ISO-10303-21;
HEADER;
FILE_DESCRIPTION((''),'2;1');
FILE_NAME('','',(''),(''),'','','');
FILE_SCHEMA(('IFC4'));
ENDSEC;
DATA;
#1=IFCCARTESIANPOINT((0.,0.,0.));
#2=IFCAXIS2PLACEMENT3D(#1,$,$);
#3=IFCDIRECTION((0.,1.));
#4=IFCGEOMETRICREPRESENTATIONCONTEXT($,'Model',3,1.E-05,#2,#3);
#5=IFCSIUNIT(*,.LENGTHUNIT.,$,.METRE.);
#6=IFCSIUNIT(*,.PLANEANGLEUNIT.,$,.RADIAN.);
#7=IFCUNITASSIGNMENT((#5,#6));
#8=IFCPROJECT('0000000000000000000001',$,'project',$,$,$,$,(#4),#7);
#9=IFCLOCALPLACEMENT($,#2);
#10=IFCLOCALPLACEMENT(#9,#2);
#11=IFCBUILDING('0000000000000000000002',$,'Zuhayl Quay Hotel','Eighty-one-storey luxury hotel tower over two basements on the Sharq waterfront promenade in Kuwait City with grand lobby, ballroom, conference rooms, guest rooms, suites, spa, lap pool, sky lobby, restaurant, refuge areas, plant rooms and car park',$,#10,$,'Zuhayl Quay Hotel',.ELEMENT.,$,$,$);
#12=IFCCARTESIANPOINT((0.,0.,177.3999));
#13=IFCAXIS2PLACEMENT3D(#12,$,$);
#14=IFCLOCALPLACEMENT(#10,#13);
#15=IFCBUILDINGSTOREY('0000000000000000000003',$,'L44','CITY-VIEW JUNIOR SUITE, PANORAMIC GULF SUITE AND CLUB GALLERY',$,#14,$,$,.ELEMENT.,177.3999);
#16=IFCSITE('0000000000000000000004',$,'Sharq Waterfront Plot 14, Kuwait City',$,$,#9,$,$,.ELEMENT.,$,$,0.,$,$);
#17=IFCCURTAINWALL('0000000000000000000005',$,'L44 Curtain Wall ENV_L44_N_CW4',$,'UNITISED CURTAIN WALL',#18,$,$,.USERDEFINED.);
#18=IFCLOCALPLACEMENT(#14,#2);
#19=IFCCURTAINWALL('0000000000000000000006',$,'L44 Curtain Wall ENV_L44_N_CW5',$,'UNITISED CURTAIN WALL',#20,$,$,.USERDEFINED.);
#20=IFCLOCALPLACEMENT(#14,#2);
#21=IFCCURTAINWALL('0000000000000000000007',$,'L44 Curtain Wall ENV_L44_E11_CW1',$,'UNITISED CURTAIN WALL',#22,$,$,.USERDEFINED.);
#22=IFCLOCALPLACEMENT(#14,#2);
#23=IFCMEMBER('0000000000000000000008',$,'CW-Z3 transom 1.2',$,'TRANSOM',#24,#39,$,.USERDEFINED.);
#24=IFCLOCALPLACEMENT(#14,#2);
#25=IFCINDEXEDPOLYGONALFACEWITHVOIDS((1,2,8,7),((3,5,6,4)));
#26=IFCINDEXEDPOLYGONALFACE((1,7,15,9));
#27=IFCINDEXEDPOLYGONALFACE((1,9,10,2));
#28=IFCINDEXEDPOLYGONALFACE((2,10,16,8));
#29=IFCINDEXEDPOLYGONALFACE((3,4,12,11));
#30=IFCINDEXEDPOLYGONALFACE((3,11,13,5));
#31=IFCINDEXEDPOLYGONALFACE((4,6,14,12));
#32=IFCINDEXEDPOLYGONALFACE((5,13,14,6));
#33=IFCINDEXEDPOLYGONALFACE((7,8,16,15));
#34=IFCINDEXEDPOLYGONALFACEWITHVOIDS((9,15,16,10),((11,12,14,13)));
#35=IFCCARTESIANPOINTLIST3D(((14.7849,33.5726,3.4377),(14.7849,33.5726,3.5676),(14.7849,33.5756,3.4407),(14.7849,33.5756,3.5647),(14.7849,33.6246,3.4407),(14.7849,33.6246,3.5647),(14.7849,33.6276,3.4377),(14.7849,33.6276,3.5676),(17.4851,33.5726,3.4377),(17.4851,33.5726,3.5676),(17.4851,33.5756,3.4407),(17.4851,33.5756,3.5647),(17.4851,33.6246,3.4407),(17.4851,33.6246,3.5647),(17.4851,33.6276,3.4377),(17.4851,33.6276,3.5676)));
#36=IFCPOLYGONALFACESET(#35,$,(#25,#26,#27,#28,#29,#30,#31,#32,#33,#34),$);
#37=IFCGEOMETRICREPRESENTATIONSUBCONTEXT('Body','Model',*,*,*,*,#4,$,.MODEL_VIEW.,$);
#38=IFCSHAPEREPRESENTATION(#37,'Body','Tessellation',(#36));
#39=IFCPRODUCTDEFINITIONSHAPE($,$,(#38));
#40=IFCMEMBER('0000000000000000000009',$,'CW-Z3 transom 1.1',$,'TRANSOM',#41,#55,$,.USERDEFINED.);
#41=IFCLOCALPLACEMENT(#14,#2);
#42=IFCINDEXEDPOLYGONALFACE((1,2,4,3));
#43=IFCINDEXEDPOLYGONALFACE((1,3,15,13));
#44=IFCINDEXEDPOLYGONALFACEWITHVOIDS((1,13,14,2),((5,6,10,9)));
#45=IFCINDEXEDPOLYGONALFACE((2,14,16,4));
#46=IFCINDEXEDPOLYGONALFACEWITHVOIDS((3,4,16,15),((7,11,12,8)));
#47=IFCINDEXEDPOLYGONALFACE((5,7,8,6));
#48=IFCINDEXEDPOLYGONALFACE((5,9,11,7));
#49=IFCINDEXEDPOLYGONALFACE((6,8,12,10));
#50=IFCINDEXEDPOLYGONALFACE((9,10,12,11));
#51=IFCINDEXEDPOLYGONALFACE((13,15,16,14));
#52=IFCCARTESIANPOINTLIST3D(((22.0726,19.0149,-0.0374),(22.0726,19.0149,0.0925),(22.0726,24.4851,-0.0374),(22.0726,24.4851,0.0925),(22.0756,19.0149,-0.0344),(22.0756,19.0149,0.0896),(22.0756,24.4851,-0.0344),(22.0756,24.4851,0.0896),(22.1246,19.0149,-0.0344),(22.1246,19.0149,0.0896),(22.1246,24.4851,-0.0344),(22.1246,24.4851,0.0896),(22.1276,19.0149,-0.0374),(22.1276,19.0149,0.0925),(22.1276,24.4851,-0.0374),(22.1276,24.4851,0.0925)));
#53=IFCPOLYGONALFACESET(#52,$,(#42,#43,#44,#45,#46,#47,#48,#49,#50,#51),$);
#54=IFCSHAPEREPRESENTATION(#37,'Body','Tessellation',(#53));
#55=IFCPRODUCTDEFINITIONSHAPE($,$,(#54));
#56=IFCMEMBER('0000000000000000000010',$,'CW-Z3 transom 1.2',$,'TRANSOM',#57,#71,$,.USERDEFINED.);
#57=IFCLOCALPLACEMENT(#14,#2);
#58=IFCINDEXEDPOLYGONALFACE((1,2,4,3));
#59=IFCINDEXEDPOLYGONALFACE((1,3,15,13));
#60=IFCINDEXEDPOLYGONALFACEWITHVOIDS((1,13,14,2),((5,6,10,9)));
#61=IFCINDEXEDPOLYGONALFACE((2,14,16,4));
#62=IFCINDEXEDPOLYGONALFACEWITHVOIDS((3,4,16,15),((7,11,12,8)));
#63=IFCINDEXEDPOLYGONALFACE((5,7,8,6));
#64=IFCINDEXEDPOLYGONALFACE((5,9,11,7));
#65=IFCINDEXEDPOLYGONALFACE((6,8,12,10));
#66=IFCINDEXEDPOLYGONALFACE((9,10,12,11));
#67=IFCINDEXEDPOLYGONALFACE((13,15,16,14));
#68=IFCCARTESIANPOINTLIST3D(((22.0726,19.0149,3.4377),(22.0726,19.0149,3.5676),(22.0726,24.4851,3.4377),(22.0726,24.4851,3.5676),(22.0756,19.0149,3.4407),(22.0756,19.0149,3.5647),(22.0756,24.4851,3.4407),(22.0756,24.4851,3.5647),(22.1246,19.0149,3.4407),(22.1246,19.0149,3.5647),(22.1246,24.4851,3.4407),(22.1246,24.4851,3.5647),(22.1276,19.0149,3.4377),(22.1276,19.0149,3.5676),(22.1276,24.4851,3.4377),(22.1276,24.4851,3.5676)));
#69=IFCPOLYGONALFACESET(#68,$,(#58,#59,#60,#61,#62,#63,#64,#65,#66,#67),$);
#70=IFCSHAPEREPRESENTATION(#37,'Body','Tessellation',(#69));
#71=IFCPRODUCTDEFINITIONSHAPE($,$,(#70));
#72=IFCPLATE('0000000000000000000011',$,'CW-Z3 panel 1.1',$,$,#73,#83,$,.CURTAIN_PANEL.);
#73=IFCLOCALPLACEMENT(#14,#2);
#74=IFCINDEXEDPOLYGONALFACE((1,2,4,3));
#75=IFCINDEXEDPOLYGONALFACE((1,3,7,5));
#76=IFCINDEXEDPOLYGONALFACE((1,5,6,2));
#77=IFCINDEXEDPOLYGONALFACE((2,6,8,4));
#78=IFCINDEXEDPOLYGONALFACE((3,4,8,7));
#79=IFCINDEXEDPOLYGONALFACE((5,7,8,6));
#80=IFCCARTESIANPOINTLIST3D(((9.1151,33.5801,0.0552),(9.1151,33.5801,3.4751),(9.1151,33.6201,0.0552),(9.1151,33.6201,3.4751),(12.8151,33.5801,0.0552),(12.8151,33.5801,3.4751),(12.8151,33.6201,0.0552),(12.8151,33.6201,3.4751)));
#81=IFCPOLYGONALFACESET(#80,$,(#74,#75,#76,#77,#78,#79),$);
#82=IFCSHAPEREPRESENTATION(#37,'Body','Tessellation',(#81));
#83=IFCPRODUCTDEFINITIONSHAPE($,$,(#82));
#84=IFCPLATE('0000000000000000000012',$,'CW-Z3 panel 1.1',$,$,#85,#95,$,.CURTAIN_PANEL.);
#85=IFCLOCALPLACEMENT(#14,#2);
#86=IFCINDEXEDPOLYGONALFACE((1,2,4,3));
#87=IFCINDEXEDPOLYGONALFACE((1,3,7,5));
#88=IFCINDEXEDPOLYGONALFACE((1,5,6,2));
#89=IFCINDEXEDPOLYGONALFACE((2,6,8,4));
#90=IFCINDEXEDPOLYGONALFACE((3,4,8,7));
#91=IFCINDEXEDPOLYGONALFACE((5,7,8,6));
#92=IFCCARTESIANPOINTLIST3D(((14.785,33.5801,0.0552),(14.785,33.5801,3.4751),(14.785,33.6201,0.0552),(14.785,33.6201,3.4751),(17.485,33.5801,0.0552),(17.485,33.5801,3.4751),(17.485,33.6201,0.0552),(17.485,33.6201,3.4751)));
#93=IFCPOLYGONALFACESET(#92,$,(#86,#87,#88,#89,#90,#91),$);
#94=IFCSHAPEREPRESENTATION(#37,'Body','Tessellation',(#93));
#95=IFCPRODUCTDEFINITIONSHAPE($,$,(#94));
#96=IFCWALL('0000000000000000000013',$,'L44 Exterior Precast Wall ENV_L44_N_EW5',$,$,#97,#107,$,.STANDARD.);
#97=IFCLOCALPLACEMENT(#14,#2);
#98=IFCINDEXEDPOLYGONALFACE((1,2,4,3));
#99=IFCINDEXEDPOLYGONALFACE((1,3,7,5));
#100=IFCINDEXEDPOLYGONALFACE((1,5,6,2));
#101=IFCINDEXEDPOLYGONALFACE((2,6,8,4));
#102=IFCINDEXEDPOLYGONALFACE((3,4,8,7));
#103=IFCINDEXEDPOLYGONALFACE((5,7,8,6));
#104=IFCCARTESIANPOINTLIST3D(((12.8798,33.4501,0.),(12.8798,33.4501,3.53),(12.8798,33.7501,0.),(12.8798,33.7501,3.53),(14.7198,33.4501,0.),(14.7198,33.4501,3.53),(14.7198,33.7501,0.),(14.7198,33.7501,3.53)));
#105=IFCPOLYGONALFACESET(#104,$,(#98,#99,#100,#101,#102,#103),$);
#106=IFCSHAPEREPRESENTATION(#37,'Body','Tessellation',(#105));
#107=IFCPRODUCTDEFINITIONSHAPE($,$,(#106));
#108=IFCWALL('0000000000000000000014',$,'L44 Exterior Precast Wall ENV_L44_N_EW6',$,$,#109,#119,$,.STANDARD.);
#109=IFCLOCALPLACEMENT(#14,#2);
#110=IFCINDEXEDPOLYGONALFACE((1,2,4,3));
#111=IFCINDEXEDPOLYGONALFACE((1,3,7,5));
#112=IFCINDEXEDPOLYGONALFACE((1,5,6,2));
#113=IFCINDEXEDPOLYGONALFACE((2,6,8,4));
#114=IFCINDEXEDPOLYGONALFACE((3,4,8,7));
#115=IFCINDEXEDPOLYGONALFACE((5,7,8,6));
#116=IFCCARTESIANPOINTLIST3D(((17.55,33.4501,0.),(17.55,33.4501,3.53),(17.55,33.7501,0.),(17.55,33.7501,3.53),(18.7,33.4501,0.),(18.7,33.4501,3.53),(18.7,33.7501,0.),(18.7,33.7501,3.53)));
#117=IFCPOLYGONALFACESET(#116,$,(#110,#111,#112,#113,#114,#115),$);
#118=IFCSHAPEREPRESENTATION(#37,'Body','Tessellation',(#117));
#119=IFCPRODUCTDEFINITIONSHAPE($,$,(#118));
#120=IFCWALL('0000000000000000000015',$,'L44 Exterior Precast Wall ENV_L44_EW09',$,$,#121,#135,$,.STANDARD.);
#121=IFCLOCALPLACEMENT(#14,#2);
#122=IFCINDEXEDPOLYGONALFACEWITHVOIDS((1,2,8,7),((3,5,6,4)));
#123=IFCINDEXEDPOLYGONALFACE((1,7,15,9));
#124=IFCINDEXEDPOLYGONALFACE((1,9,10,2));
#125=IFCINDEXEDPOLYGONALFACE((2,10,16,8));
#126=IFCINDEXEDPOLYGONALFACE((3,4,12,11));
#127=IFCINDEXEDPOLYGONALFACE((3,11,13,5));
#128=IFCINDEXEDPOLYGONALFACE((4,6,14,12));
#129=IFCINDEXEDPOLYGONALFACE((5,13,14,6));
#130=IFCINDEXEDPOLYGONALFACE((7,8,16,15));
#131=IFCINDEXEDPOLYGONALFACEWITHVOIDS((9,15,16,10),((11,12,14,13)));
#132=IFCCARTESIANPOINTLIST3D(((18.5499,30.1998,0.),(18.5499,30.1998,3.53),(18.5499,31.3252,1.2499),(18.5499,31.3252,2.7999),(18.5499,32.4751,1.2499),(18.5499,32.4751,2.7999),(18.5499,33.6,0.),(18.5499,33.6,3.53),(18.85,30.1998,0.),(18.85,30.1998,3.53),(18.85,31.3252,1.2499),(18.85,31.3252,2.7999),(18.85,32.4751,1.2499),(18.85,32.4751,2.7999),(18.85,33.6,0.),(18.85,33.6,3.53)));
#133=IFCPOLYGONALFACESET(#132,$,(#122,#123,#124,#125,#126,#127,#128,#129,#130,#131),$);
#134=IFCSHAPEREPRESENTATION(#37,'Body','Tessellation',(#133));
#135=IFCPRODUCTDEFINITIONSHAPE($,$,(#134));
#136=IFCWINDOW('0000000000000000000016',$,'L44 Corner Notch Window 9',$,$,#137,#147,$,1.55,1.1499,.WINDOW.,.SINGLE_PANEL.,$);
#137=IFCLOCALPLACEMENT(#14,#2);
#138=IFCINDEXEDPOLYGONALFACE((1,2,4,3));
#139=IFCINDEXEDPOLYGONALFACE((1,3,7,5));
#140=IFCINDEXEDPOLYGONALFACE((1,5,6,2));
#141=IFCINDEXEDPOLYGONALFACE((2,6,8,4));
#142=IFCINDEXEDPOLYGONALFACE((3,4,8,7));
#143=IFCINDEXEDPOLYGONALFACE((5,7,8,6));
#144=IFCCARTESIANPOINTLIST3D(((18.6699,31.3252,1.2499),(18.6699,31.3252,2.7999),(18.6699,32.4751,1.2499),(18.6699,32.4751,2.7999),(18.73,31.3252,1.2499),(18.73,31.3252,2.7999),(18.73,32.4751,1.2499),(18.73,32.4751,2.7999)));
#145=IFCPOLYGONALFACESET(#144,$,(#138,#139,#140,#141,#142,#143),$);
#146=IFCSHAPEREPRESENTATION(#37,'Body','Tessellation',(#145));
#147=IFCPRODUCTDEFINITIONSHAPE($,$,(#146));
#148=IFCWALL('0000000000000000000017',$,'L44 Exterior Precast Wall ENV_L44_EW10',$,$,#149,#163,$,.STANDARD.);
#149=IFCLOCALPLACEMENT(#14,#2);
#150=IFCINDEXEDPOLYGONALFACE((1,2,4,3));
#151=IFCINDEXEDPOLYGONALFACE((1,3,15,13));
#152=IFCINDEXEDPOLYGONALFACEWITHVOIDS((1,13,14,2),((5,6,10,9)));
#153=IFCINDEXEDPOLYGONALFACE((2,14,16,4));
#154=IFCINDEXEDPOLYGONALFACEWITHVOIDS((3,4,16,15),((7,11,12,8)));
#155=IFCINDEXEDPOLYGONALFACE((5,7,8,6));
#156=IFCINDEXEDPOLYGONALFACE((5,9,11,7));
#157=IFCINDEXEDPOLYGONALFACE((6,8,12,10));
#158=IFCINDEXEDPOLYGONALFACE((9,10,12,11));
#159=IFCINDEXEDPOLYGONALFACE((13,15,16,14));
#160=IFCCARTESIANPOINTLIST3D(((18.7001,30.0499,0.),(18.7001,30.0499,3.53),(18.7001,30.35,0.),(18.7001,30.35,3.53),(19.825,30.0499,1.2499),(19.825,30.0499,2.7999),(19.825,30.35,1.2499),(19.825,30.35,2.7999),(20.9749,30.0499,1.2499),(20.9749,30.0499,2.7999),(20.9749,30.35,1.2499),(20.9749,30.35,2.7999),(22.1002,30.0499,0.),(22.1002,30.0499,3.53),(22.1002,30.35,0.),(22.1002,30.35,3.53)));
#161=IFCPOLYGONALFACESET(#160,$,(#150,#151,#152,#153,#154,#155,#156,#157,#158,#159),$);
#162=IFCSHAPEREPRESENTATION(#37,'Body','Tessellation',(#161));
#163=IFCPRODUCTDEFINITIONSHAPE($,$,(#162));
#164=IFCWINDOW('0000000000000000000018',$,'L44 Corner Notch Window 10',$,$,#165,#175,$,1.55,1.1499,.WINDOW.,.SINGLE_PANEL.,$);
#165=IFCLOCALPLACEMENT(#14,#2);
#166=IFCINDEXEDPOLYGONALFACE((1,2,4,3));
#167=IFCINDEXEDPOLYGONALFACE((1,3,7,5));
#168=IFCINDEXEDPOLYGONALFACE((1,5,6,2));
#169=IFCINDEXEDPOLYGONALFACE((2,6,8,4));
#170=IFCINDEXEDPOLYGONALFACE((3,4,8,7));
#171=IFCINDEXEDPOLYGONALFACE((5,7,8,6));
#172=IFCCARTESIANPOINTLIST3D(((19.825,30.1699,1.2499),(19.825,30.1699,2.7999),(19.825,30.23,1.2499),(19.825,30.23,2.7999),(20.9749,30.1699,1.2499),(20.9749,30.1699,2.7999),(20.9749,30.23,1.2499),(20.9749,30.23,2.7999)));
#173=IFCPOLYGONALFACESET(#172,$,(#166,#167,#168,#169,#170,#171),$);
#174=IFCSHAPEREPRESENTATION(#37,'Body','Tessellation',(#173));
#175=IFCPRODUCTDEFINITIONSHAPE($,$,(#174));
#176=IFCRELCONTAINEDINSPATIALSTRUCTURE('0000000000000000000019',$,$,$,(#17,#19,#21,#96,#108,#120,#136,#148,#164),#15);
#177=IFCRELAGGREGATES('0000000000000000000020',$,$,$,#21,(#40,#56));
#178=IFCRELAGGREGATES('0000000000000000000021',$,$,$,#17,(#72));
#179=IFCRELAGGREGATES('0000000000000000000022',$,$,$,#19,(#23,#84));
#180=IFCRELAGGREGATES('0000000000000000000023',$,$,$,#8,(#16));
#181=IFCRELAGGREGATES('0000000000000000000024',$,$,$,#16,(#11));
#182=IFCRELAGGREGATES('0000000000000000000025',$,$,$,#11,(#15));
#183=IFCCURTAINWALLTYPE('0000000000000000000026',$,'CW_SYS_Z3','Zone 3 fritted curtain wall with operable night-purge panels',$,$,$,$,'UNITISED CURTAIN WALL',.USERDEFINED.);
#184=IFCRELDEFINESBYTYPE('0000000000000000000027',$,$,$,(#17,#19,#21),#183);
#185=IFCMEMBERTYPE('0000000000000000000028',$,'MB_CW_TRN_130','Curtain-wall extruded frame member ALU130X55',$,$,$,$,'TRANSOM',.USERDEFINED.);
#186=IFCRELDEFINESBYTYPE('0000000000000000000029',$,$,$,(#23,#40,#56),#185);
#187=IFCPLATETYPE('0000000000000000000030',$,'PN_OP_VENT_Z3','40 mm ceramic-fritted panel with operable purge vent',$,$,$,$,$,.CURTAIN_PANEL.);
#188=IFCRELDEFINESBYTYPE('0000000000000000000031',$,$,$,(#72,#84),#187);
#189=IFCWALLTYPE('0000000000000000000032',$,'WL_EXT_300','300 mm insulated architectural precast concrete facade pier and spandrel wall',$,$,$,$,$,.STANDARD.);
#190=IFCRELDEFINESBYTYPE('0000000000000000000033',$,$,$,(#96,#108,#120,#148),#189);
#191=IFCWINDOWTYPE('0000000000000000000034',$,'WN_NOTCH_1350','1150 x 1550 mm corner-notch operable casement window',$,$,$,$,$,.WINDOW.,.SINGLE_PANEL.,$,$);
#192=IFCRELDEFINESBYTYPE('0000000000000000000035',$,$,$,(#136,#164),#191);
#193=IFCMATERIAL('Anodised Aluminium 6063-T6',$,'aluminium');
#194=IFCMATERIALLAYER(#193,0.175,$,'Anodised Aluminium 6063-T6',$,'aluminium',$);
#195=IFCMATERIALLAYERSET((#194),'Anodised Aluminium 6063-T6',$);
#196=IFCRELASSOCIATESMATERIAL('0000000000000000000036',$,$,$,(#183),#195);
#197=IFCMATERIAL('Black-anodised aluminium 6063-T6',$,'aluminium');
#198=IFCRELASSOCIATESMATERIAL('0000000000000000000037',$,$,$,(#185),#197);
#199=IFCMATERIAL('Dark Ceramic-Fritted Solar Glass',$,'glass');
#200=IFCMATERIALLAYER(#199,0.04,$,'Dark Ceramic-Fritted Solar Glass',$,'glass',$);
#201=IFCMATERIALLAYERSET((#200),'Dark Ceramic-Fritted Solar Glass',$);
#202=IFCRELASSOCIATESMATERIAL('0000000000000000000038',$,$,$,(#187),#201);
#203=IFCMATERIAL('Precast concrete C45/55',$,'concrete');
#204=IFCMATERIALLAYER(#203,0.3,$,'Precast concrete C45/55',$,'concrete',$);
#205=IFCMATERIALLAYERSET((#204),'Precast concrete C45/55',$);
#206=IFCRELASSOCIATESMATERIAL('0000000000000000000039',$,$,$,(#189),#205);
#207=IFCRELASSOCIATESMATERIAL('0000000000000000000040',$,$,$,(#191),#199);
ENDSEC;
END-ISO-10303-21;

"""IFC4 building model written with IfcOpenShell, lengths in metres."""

from ifc_helpers import new_model, si_unit, direction, frame, frame_2d, origin, origin_2d, place, context, subcontext, project, spatial, rectangle, hollow_rectangle, extrude, material, layer, layer_set, material_profile, profile_set, type_object, element, fill, aggregate, save


model = new_model("IFC4")

# Units and contexts
model_context = context("Model", 3, precision=1e-05, world=origin(), true_north=direction((0.0, 1.0)))
body_context = subcontext(model_context, "Body", "Model", "MODEL_VIEW")
ifc_project = project(units=[si_unit("LENGTHUNIT", "METRE"), si_unit("PLANEANGLEUNIT", "RADIAN")], contexts=[model_context])

# Site, building, storey
site_placement = place(None, origin())
site = spatial("IfcSite", under=ifc_project, at=site_placement, Name="Sharq Waterfront Plot 14, Kuwait City", CompositionType="ELEMENT", RefElevation=0.0)
building_placement = place(site_placement, origin())
building = spatial("IfcBuilding", under=site, at=building_placement, Name="Zuhayl Quay Hotel", Description="Eighty-one-storey luxury hotel tower over two basements on the Sharq waterfront promenade in Kuwait City with grand lobby, ballroom, conference rooms, guest rooms, suites, spa, lap pool, sky lobby, restaurant, refuge areas, plant rooms and car park", LongName="Zuhayl Quay Hotel", CompositionType="ELEMENT")
storey_placement = place(building_placement, frame((0.0, 0.0, 177.3999)))
storey = spatial("IfcBuildingStorey", under=building, at=storey_placement, Name="L44", Description="CITY-VIEW JUNIOR SUITE, PANORAMIC GULF SUITE AND CLUB GALLERY", CompositionType="ELEMENT", Elevation=177.3999)

# Curtain walls
ifc_material_1 = material(Name="Anodised Aluminium 6063-T6", Category="aluminium")
ifc_layer_1 = layer(ifc_material_1, 0.175, Name="Anodised Aluminium 6063-T6", Category="aluminium")
ifc_layer_set_1 = layer_set([ifc_layer_1], Name="Anodised Aluminium 6063-T6")
curtain_wall_type = type_object("IfcCurtainWallType", Name="CW_SYS_Z3", Description="Zone 3 fritted curtain wall with operable night-purge panels", ElementType="UNITISED CURTAIN WALL", PredefinedType="USERDEFINED", material=ifc_layer_set_1)
curtain_wall_1_placement = place(storey_placement, origin())
curtain_wall_1 = element("IfcCurtainWall", 1, at=curtain_wall_1_placement, inside=storey, type_object=curtain_wall_type, Name="L44 Curtain Wall ENV_L44_N_CW4", ObjectType="UNITISED CURTAIN WALL", PredefinedType="USERDEFINED")
ifc_material_2 = material(Name="Black-anodised aluminium 6063-T6", Category="aluminium")
curtain_wall_2_placement = place(storey_placement, origin())
curtain_wall_2 = element("IfcCurtainWall", 2, at=curtain_wall_2_placement, inside=storey, type_object=curtain_wall_type, Name="L44 Curtain Wall ENV_L44_N_CW5", ObjectType="UNITISED CURTAIN WALL", PredefinedType="USERDEFINED")

# Curtain wall
curtain_wall_3_placement = place(storey_placement, origin())
curtain_wall_3 = element("IfcCurtainWall", 3, at=curtain_wall_3_placement, inside=storey, type_object=curtain_wall_type, Name="L44 Curtain Wall ENV_L44_E11_CW1", ObjectType="UNITISED CURTAIN WALL", PredefinedType="USERDEFINED")

# Members
ifc_material_profile_1 = material_profile(ifc_material_2, hollow_rectangle(XDim=0.0549, YDim=0.1299, WallThickness=0.0029, at=origin_2d()), Name="ALU130X55")
ifc_profile_set_1 = profile_set([ifc_material_profile_1], Name="Black-anodised aluminium 6063-T6")
member_type_1 = type_object("IfcMemberType", Name="MB_CW_TRN_130", Description="Curtain-wall extruded frame member ALU130X55", ElementType="TRANSOM", PredefinedType="USERDEFINED", material=ifc_profile_set_1)
member_1_placement = place(storey_placement, frame((14.7849, 33.6001, 3.5027), z_axis=(1.0, 0.0, 0.0), x_axis=(0.0, 1.0, 0.0)))
member_1 = element("IfcMember", 4, at=member_1_placement, type_object=member_type_1, Name="CW-Z3 transom 1.2", ObjectType="TRANSOM", PredefinedType="USERDEFINED", context=body_context, shape_type="SweptSolid", body=[
    extrude(hollow_rectangle(XDim=0.0549, YDim=0.1299, WallThickness=0.0029, at=origin_2d()), origin(), (0.0, 0.0, 1.0), 2.7002),
])
member_2_placement = place(storey_placement, frame((22.1001, 24.4851, 0.0276), z_axis=(0.0, -1.0, 0.0), x_axis=(1.0, 0.0, 0.0)))
member_2 = element("IfcMember", 5, at=member_2_placement, type_object=member_type_1, Name="CW-Z3 transom 1.1", ObjectType="TRANSOM", PredefinedType="USERDEFINED", context=body_context, shape_type="SweptSolid", body=[
    extrude(hollow_rectangle(XDim=0.0549, YDim=0.1299, WallThickness=0.0029, at=origin_2d()), origin(), (0.0, 0.0, 1.0), 5.4702),
])
member_3_placement = place(storey_placement, frame((22.1001, 24.4851, 3.5027), z_axis=(0.0, -1.0, 0.0), x_axis=(1.0, 0.0, 0.0)))
member_3 = element("IfcMember", 6, at=member_3_placement, type_object=member_type_1, Name="CW-Z3 transom 1.2", ObjectType="TRANSOM", PredefinedType="USERDEFINED", context=body_context, shape_type="SweptSolid", body=[
    extrude(hollow_rectangle(XDim=0.0549, YDim=0.1299, WallThickness=0.0029, at=origin_2d()), origin(), (0.0, 0.0, 1.0), 5.4702),
])
aggregate(curtain_wall_3, [member_2, member_3])

# Plates
ifc_material_3 = material(Name="Dark Ceramic-Fritted Solar Glass", Category="glass")
ifc_layer_2 = layer(ifc_material_3, 0.04, Name="Dark Ceramic-Fritted Solar Glass", Category="glass")
ifc_layer_set_2 = layer_set([ifc_layer_2], Name="Dark Ceramic-Fritted Solar Glass")
plate_type = type_object("IfcPlateType", Name="PN_OP_VENT_Z3", Description="40 mm ceramic-fritted panel with operable purge vent", PredefinedType="CURTAIN_PANEL", material=ifc_layer_set_2)
plate_1_placement = place(storey_placement, frame((10.9651, 33.6001, 0.0552), z_axis=(0.0, 0.0, 1.0), x_axis=(1.0, 0.0, 0.0)))
plate_1 = element("IfcPlate", 7, at=plate_1_placement, type_object=plate_type, Name="CW-Z3 panel 1.1", PredefinedType="CURTAIN_PANEL", context=body_context, shape_type="SweptSolid", body=[
    extrude(rectangle(XDim=3.7, YDim=0.04, at=origin_2d()), origin(), (0.0, 0.0, 1.0), 3.4199),
])
aggregate(curtain_wall_1, [plate_1])
plate_2_placement = place(storey_placement, frame((16.135, 33.6001, 0.0552), z_axis=(0.0, 0.0, 1.0), x_axis=(1.0, 0.0, 0.0)))
plate_2 = element("IfcPlate", 8, at=plate_2_placement, type_object=plate_type, Name="CW-Z3 panel 1.1", PredefinedType="CURTAIN_PANEL", context=body_context, shape_type="SweptSolid", body=[
    extrude(rectangle(XDim=2.7, YDim=0.04, at=origin_2d()), origin(), (0.0, 0.0, 1.0), 3.4199),
])
aggregate(curtain_wall_2, [member_1, plate_2])

# Walls
ifc_material_4 = material(Name="Precast concrete C45/55", Category="concrete")
ifc_layer_3 = layer(ifc_material_4, 0.3, Name="Precast concrete C45/55", Category="concrete")
ifc_layer_set_3 = layer_set([ifc_layer_3], Name="Precast concrete C45/55")
wall_type_1 = type_object("IfcWallType", Name="WL_EXT_300", Description="300 mm insulated architectural precast concrete facade pier and spandrel wall", PredefinedType="STANDARD", material=ifc_layer_set_3)
wall_1_placement = place(storey_placement, frame((12.8799, 33.6001, 0.0), z_axis=(0.0, 0.0, 1.0), x_axis=(1.0, 0.0, 0.0)))
element("IfcWall", 9, at=wall_1_placement, inside=storey, type_object=wall_type_1, Name="L44 Exterior Precast Wall ENV_L44_N_EW5", PredefinedType="STANDARD", context=body_context, shape_type="SweptSolid", body=[
    extrude(rectangle(XDim=1.8401, YDim=0.3, at=frame_2d((0.9199, 0.0))), origin(), (0.0, 0.0, 1.0), 3.53),
])
wall_2_placement = place(storey_placement, frame((17.55, 33.6001, 0.0), z_axis=(0.0, 0.0, 1.0), x_axis=(1.0, 0.0, 0.0)))
element("IfcWall", 10, at=wall_2_placement, inside=storey, type_object=wall_type_1, Name="L44 Exterior Precast Wall ENV_L44_N_EW6", PredefinedType="STANDARD", context=body_context, shape_type="SweptSolid", body=[
    extrude(rectangle(XDim=1.1499, YDim=0.3, at=frame_2d((0.575, 0.0))), origin(), (0.0, 0.0, 1.0), 3.53),
])

# Walls, openings, windows
wall_3_placement = place(storey_placement, frame((18.7, 33.6001, 0.0), z_axis=(0.0, 0.0, 1.0), x_axis=(0.0, -1.0, 0.0)))
wall_3 = element("IfcWall", 11, at=wall_3_placement, inside=storey, type_object=wall_type_1, Name="L44 Exterior Precast Wall ENV_L44_EW09", PredefinedType="STANDARD", context=body_context, shape_type="SweptSolid", body=[
    extrude(rectangle(XDim=3.4001, YDim=0.3, at=frame_2d((1.7002, 0.0))), origin(), (0.0, 0.0, 1.0), 3.53),
])
opening_1_placement = place(wall_3_placement, frame((1.125, 0.0, 1.25)))
opening_1 = element("IfcOpeningElement", 12, at=opening_1_placement, cuts=wall_3, PredefinedType="OPENING", context=body_context, shape_type="SweptSolid", body=[
    extrude(rectangle(XDim=1.1499, YDim=1.55, at=frame_2d((0.575, 0.7749))), frame((0.0, 0.1599, 0.0), z_axis=(0.0, -1.0, 0.0), x_axis=(1.0, 0.0, 0.0)), (0.0, 0.0, 1.0), 0.3201),
])
window_type_1 = type_object("IfcWindowType", Name="WN_NOTCH_1350", Description="1150 x 1550 mm corner-notch operable casement window", PartitioningType="SINGLE_PANEL", PredefinedType="WINDOW", material=ifc_material_3)
window_1_placement = place(opening_1_placement, origin())
window_1 = element("IfcWindow", 13, at=window_1_placement, inside=storey, type_object=window_type_1, Name="L44 Corner Notch Window 9", OverallHeight=1.55, OverallWidth=1.1499, PartitioningType="SINGLE_PANEL", PredefinedType="WINDOW", context=body_context, shape_type="SweptSolid", body=[
    extrude(rectangle(XDim=1.1499, YDim=1.55, at=frame_2d((0.575, 0.7749))), frame((0.0, 0.03, 0.0), z_axis=(0.0, -1.0, 0.0), x_axis=(1.0, 0.0, 0.0)), (0.0, 0.0, 1.0), 0.0601),
])
fill(opening_1, window_1)
wall_4_placement = place(storey_placement, frame((18.7, 30.2, 0.0), z_axis=(0.0, 0.0, 1.0), x_axis=(1.0, 0.0, 0.0)))
wall_4 = element("IfcWall", 14, at=wall_4_placement, inside=storey, type_object=wall_type_1, Name="L44 Exterior Precast Wall ENV_L44_EW10", PredefinedType="STANDARD", context=body_context, shape_type="SweptSolid", body=[
    extrude(rectangle(XDim=3.4001, YDim=0.3, at=frame_2d((1.7002, 0.0))), origin(), (0.0, 0.0, 1.0), 3.53),
])
opening_2_placement = place(wall_4_placement, frame((1.125, 0.0, 1.25)))
opening_2 = element("IfcOpeningElement", 15, at=opening_2_placement, cuts=wall_4, PredefinedType="OPENING", context=body_context, shape_type="SweptSolid", body=[
    extrude(rectangle(XDim=1.1499, YDim=1.55, at=frame_2d((0.575, 0.7749))), frame((0.0, 0.1599, 0.0), z_axis=(0.0, -1.0, 0.0), x_axis=(1.0, 0.0, 0.0)), (0.0, 0.0, 1.0), 0.3201),
])
window_2_placement = place(opening_2_placement, origin())
window_2 = element("IfcWindow", 16, at=window_2_placement, inside=storey, type_object=window_type_1, Name="L44 Corner Notch Window 10", OverallHeight=1.55, OverallWidth=1.1499, PartitioningType="SINGLE_PANEL", PredefinedType="WINDOW", context=body_context, shape_type="SweptSolid", body=[
    extrude(rectangle(XDim=1.1499, YDim=1.55, at=frame_2d((0.575, 0.7749))), frame((0.0, 0.03, 0.0), z_axis=(0.0, -1.0, 0.0), x_axis=(1.0, 0.0, 0.0)), (0.0, 0.0, 1.0), 0.0601),
])
fill(opening_2, window_2)

save(model, "model.ifc")
